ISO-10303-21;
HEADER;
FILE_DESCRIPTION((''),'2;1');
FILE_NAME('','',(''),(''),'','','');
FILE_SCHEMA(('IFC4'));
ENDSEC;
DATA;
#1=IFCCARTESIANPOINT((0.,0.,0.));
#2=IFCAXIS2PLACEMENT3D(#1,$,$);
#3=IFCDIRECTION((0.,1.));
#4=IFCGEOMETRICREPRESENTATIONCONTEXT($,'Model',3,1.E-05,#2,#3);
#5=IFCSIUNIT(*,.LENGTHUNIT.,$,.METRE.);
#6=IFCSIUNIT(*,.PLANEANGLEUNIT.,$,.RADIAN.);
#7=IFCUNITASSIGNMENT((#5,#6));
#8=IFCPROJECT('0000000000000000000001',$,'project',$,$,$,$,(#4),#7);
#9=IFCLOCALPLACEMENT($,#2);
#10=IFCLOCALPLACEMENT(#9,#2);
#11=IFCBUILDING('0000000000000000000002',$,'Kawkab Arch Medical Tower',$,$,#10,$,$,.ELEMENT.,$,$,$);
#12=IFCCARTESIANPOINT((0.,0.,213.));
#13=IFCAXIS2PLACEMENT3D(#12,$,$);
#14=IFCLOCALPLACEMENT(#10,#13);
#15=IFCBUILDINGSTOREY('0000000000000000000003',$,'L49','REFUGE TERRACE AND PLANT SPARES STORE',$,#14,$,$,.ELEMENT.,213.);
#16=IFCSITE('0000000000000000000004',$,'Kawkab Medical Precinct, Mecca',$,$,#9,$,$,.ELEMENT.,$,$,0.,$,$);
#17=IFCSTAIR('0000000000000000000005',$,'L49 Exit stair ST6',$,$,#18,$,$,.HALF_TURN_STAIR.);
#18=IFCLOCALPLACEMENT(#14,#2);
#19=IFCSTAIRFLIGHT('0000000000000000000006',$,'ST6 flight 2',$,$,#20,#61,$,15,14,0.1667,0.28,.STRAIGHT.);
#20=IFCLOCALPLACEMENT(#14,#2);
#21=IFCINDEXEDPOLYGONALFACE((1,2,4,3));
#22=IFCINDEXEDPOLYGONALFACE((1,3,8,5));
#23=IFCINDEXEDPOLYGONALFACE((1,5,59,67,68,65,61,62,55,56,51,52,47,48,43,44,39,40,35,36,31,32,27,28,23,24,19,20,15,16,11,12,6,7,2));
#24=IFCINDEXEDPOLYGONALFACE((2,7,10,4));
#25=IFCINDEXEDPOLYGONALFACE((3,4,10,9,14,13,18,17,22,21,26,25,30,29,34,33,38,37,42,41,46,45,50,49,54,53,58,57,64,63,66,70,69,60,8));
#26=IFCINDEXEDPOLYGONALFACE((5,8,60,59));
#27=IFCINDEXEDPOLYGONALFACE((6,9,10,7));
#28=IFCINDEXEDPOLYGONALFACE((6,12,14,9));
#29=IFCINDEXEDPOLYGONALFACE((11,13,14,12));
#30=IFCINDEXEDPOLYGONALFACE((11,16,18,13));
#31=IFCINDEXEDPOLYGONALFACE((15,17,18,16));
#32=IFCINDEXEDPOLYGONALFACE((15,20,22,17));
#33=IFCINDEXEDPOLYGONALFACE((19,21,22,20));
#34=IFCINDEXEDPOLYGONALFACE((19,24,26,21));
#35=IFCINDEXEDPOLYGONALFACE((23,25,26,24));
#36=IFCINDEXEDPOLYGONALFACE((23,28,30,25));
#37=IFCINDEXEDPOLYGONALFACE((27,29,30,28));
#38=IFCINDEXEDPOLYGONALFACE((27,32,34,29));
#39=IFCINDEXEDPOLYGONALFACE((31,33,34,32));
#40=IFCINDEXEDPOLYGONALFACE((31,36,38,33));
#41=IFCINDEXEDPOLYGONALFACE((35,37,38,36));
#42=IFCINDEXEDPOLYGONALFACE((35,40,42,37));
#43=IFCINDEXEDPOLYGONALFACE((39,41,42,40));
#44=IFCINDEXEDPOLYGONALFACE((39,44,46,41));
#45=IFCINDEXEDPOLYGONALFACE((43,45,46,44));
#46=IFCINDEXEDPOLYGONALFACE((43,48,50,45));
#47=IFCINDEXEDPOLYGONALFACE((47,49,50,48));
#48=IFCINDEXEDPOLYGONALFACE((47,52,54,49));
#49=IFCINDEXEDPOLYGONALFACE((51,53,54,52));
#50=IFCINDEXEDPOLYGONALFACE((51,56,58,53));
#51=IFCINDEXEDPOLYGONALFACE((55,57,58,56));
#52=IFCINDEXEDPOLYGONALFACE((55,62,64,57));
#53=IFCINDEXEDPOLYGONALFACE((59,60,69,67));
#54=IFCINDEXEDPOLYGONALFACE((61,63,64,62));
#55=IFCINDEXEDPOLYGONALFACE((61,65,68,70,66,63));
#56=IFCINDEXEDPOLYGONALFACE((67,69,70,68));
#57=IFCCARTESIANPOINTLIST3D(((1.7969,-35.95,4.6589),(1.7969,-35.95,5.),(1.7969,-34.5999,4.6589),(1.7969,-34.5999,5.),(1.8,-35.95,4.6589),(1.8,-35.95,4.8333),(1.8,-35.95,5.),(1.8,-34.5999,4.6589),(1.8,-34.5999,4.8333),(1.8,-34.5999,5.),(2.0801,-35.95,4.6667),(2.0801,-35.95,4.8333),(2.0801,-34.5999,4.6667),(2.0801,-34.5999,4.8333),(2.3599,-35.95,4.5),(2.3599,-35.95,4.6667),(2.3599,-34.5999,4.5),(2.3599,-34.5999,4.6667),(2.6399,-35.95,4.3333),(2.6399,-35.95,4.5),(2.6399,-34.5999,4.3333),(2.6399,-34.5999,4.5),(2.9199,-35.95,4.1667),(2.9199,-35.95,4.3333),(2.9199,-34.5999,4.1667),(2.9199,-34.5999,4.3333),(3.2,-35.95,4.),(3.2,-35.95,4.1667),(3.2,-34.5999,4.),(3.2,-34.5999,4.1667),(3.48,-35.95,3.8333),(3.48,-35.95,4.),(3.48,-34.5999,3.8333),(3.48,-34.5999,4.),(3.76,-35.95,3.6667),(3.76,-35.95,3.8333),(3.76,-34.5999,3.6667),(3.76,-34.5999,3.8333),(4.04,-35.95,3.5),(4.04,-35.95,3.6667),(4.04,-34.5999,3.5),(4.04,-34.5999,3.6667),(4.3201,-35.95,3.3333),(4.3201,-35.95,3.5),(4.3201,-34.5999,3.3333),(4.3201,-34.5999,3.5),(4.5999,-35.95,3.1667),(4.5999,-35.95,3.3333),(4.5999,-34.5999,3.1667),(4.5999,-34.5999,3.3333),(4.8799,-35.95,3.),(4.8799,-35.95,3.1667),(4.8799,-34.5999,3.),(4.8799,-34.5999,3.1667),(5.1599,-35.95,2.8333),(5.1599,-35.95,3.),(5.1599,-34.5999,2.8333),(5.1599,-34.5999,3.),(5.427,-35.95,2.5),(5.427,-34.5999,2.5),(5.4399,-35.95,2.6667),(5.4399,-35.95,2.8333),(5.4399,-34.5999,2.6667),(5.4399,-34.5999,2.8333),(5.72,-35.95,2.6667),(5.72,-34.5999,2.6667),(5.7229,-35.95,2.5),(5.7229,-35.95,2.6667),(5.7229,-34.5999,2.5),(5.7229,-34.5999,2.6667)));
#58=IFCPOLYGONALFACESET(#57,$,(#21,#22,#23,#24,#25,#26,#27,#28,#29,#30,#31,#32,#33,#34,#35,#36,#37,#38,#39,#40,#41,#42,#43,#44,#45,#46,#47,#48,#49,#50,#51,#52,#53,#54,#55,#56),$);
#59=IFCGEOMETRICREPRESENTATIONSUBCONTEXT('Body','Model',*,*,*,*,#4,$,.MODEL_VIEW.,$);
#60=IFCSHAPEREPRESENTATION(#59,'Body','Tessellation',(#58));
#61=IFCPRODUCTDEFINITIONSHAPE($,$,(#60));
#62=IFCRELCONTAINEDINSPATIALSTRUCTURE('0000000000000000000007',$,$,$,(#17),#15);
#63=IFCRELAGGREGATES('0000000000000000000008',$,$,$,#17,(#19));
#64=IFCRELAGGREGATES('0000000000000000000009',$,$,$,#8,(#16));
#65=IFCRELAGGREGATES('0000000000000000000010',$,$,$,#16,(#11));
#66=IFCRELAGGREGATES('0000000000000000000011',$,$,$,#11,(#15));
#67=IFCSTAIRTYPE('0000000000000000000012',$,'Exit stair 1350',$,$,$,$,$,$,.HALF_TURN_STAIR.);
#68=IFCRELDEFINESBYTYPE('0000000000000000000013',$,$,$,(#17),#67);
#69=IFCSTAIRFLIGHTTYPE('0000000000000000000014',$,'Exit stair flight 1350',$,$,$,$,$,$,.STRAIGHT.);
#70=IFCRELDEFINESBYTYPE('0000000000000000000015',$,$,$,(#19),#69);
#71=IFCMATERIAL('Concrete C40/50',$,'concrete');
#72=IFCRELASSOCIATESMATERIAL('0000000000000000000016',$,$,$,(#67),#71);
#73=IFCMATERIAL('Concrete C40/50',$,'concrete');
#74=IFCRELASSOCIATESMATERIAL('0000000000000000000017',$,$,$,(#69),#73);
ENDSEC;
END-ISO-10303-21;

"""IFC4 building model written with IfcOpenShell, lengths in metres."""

from ifc_helpers import new_model, si_unit, direction, frame, origin, place, context, subcontext, project, spatial, polyline, outline, extrude, material, type_object, element, aggregate, save


model = new_model("IFC4")

# Units and contexts
model_context = context("Model", 3, precision=1e-05, world=origin(), true_north=direction((0.0, 1.0)))
body_context = subcontext(model_context, "Body", "Model", "MODEL_VIEW")
ifc_project = project(units=[si_unit("LENGTHUNIT", "METRE"), si_unit("PLANEANGLEUNIT", "RADIAN")], contexts=[model_context])

# Site, building, storey
site_placement = place(None, origin())
site = spatial("IfcSite", under=ifc_project, at=site_placement, Name="Kawkab Medical Precinct, Mecca", CompositionType="ELEMENT", RefElevation=0.0)
building_placement = place(site_placement, origin())
building = spatial("IfcBuilding", under=site, at=building_placement, Name="Kawkab Arch Medical Tower", CompositionType="ELEMENT")
storey_placement = place(building_placement, frame((0.0, 0.0, 213.0)))
storey = spatial("IfcBuildingStorey", under=building, at=storey_placement, Name="L49", Description="REFUGE TERRACE AND PLANT SPARES STORE", CompositionType="ELEMENT", Elevation=213.0)

# Shared definitions
placement = place(storey_placement, origin())

# Stair, stair flight
ifc_material_1 = material(Name="Concrete C40/50", Category="concrete")
stair_type = type_object("IfcStairType", Name="Exit stair 1350", PredefinedType="HALF_TURN_STAIR", material=ifc_material_1)
stair = element("IfcStair", 1, at=placement, inside=storey, type_object=stair_type, Name="L49 Exit stair ST6", PredefinedType="HALF_TURN_STAIR")
ifc_material_2 = material(Name="Concrete C40/50", Category="concrete")
stair_flight_type = type_object("IfcStairFlightType", Name="Exit stair flight 1350", PredefinedType="STRAIGHT", material=ifc_material_2)
stair_flight_1_placement = place(storey_placement, frame((5.72, -35.2749, 2.5), z_axis=(0.0, 0.0, 1.0), x_axis=(-1.0, 0.0, 0.0)))
stair_flight_1 = element("IfcStairFlight", 2, at=stair_flight_1_placement, type_object=stair_flight_type, Name="ST6 flight 2", NumberOfRisers=15, NumberOfTreads=14, PredefinedType="STRAIGHT", RiserHeight=0.1667, TreadLength=0.28, context=body_context, shape_type="SweptSolid", body=[
    extrude(outline(polyline([(-0.0029, 0.0), (-0.0029, 0.1667), (0.0, 0.1667), (0.28, 0.1667), (0.28, 0.3333), (0.5601, 0.3333), (0.5601, 0.5), (0.8401, 0.5), (0.8401, 0.6667), (1.1201, 0.6667), (1.1201, 0.8333), (1.3999, 0.8333), (1.3999, 1.0), (1.6799, 1.0), (1.6799, 1.1667), (1.96, 1.1667), (1.96, 1.3333), (2.24, 1.3333), (2.24, 1.5), (2.52, 1.5), (2.52, 1.6667), (2.8, 1.6667), (2.8, 1.8333), (3.0801, 1.8333), (3.0801, 2.0), (3.3601, 2.0), (3.3601, 2.1667), (3.6399, 2.1667), (3.6399, 2.3333), (3.9199, 2.3333), (3.9199, 2.5), (3.9231, 2.5), (3.9231, 2.1589), (3.9199, 2.1589), (0.293, 0.0), (-0.0029, 0.0)])), frame((0.0, 0.675, 0.0), z_axis=(0.0, -1.0, 0.0), x_axis=(1.0, 0.0, 0.0)), (0.0, 0.0, 1.0), 1.3501),
])
aggregate(stair, [stair_flight_1])

save(model, "model.ifc")
